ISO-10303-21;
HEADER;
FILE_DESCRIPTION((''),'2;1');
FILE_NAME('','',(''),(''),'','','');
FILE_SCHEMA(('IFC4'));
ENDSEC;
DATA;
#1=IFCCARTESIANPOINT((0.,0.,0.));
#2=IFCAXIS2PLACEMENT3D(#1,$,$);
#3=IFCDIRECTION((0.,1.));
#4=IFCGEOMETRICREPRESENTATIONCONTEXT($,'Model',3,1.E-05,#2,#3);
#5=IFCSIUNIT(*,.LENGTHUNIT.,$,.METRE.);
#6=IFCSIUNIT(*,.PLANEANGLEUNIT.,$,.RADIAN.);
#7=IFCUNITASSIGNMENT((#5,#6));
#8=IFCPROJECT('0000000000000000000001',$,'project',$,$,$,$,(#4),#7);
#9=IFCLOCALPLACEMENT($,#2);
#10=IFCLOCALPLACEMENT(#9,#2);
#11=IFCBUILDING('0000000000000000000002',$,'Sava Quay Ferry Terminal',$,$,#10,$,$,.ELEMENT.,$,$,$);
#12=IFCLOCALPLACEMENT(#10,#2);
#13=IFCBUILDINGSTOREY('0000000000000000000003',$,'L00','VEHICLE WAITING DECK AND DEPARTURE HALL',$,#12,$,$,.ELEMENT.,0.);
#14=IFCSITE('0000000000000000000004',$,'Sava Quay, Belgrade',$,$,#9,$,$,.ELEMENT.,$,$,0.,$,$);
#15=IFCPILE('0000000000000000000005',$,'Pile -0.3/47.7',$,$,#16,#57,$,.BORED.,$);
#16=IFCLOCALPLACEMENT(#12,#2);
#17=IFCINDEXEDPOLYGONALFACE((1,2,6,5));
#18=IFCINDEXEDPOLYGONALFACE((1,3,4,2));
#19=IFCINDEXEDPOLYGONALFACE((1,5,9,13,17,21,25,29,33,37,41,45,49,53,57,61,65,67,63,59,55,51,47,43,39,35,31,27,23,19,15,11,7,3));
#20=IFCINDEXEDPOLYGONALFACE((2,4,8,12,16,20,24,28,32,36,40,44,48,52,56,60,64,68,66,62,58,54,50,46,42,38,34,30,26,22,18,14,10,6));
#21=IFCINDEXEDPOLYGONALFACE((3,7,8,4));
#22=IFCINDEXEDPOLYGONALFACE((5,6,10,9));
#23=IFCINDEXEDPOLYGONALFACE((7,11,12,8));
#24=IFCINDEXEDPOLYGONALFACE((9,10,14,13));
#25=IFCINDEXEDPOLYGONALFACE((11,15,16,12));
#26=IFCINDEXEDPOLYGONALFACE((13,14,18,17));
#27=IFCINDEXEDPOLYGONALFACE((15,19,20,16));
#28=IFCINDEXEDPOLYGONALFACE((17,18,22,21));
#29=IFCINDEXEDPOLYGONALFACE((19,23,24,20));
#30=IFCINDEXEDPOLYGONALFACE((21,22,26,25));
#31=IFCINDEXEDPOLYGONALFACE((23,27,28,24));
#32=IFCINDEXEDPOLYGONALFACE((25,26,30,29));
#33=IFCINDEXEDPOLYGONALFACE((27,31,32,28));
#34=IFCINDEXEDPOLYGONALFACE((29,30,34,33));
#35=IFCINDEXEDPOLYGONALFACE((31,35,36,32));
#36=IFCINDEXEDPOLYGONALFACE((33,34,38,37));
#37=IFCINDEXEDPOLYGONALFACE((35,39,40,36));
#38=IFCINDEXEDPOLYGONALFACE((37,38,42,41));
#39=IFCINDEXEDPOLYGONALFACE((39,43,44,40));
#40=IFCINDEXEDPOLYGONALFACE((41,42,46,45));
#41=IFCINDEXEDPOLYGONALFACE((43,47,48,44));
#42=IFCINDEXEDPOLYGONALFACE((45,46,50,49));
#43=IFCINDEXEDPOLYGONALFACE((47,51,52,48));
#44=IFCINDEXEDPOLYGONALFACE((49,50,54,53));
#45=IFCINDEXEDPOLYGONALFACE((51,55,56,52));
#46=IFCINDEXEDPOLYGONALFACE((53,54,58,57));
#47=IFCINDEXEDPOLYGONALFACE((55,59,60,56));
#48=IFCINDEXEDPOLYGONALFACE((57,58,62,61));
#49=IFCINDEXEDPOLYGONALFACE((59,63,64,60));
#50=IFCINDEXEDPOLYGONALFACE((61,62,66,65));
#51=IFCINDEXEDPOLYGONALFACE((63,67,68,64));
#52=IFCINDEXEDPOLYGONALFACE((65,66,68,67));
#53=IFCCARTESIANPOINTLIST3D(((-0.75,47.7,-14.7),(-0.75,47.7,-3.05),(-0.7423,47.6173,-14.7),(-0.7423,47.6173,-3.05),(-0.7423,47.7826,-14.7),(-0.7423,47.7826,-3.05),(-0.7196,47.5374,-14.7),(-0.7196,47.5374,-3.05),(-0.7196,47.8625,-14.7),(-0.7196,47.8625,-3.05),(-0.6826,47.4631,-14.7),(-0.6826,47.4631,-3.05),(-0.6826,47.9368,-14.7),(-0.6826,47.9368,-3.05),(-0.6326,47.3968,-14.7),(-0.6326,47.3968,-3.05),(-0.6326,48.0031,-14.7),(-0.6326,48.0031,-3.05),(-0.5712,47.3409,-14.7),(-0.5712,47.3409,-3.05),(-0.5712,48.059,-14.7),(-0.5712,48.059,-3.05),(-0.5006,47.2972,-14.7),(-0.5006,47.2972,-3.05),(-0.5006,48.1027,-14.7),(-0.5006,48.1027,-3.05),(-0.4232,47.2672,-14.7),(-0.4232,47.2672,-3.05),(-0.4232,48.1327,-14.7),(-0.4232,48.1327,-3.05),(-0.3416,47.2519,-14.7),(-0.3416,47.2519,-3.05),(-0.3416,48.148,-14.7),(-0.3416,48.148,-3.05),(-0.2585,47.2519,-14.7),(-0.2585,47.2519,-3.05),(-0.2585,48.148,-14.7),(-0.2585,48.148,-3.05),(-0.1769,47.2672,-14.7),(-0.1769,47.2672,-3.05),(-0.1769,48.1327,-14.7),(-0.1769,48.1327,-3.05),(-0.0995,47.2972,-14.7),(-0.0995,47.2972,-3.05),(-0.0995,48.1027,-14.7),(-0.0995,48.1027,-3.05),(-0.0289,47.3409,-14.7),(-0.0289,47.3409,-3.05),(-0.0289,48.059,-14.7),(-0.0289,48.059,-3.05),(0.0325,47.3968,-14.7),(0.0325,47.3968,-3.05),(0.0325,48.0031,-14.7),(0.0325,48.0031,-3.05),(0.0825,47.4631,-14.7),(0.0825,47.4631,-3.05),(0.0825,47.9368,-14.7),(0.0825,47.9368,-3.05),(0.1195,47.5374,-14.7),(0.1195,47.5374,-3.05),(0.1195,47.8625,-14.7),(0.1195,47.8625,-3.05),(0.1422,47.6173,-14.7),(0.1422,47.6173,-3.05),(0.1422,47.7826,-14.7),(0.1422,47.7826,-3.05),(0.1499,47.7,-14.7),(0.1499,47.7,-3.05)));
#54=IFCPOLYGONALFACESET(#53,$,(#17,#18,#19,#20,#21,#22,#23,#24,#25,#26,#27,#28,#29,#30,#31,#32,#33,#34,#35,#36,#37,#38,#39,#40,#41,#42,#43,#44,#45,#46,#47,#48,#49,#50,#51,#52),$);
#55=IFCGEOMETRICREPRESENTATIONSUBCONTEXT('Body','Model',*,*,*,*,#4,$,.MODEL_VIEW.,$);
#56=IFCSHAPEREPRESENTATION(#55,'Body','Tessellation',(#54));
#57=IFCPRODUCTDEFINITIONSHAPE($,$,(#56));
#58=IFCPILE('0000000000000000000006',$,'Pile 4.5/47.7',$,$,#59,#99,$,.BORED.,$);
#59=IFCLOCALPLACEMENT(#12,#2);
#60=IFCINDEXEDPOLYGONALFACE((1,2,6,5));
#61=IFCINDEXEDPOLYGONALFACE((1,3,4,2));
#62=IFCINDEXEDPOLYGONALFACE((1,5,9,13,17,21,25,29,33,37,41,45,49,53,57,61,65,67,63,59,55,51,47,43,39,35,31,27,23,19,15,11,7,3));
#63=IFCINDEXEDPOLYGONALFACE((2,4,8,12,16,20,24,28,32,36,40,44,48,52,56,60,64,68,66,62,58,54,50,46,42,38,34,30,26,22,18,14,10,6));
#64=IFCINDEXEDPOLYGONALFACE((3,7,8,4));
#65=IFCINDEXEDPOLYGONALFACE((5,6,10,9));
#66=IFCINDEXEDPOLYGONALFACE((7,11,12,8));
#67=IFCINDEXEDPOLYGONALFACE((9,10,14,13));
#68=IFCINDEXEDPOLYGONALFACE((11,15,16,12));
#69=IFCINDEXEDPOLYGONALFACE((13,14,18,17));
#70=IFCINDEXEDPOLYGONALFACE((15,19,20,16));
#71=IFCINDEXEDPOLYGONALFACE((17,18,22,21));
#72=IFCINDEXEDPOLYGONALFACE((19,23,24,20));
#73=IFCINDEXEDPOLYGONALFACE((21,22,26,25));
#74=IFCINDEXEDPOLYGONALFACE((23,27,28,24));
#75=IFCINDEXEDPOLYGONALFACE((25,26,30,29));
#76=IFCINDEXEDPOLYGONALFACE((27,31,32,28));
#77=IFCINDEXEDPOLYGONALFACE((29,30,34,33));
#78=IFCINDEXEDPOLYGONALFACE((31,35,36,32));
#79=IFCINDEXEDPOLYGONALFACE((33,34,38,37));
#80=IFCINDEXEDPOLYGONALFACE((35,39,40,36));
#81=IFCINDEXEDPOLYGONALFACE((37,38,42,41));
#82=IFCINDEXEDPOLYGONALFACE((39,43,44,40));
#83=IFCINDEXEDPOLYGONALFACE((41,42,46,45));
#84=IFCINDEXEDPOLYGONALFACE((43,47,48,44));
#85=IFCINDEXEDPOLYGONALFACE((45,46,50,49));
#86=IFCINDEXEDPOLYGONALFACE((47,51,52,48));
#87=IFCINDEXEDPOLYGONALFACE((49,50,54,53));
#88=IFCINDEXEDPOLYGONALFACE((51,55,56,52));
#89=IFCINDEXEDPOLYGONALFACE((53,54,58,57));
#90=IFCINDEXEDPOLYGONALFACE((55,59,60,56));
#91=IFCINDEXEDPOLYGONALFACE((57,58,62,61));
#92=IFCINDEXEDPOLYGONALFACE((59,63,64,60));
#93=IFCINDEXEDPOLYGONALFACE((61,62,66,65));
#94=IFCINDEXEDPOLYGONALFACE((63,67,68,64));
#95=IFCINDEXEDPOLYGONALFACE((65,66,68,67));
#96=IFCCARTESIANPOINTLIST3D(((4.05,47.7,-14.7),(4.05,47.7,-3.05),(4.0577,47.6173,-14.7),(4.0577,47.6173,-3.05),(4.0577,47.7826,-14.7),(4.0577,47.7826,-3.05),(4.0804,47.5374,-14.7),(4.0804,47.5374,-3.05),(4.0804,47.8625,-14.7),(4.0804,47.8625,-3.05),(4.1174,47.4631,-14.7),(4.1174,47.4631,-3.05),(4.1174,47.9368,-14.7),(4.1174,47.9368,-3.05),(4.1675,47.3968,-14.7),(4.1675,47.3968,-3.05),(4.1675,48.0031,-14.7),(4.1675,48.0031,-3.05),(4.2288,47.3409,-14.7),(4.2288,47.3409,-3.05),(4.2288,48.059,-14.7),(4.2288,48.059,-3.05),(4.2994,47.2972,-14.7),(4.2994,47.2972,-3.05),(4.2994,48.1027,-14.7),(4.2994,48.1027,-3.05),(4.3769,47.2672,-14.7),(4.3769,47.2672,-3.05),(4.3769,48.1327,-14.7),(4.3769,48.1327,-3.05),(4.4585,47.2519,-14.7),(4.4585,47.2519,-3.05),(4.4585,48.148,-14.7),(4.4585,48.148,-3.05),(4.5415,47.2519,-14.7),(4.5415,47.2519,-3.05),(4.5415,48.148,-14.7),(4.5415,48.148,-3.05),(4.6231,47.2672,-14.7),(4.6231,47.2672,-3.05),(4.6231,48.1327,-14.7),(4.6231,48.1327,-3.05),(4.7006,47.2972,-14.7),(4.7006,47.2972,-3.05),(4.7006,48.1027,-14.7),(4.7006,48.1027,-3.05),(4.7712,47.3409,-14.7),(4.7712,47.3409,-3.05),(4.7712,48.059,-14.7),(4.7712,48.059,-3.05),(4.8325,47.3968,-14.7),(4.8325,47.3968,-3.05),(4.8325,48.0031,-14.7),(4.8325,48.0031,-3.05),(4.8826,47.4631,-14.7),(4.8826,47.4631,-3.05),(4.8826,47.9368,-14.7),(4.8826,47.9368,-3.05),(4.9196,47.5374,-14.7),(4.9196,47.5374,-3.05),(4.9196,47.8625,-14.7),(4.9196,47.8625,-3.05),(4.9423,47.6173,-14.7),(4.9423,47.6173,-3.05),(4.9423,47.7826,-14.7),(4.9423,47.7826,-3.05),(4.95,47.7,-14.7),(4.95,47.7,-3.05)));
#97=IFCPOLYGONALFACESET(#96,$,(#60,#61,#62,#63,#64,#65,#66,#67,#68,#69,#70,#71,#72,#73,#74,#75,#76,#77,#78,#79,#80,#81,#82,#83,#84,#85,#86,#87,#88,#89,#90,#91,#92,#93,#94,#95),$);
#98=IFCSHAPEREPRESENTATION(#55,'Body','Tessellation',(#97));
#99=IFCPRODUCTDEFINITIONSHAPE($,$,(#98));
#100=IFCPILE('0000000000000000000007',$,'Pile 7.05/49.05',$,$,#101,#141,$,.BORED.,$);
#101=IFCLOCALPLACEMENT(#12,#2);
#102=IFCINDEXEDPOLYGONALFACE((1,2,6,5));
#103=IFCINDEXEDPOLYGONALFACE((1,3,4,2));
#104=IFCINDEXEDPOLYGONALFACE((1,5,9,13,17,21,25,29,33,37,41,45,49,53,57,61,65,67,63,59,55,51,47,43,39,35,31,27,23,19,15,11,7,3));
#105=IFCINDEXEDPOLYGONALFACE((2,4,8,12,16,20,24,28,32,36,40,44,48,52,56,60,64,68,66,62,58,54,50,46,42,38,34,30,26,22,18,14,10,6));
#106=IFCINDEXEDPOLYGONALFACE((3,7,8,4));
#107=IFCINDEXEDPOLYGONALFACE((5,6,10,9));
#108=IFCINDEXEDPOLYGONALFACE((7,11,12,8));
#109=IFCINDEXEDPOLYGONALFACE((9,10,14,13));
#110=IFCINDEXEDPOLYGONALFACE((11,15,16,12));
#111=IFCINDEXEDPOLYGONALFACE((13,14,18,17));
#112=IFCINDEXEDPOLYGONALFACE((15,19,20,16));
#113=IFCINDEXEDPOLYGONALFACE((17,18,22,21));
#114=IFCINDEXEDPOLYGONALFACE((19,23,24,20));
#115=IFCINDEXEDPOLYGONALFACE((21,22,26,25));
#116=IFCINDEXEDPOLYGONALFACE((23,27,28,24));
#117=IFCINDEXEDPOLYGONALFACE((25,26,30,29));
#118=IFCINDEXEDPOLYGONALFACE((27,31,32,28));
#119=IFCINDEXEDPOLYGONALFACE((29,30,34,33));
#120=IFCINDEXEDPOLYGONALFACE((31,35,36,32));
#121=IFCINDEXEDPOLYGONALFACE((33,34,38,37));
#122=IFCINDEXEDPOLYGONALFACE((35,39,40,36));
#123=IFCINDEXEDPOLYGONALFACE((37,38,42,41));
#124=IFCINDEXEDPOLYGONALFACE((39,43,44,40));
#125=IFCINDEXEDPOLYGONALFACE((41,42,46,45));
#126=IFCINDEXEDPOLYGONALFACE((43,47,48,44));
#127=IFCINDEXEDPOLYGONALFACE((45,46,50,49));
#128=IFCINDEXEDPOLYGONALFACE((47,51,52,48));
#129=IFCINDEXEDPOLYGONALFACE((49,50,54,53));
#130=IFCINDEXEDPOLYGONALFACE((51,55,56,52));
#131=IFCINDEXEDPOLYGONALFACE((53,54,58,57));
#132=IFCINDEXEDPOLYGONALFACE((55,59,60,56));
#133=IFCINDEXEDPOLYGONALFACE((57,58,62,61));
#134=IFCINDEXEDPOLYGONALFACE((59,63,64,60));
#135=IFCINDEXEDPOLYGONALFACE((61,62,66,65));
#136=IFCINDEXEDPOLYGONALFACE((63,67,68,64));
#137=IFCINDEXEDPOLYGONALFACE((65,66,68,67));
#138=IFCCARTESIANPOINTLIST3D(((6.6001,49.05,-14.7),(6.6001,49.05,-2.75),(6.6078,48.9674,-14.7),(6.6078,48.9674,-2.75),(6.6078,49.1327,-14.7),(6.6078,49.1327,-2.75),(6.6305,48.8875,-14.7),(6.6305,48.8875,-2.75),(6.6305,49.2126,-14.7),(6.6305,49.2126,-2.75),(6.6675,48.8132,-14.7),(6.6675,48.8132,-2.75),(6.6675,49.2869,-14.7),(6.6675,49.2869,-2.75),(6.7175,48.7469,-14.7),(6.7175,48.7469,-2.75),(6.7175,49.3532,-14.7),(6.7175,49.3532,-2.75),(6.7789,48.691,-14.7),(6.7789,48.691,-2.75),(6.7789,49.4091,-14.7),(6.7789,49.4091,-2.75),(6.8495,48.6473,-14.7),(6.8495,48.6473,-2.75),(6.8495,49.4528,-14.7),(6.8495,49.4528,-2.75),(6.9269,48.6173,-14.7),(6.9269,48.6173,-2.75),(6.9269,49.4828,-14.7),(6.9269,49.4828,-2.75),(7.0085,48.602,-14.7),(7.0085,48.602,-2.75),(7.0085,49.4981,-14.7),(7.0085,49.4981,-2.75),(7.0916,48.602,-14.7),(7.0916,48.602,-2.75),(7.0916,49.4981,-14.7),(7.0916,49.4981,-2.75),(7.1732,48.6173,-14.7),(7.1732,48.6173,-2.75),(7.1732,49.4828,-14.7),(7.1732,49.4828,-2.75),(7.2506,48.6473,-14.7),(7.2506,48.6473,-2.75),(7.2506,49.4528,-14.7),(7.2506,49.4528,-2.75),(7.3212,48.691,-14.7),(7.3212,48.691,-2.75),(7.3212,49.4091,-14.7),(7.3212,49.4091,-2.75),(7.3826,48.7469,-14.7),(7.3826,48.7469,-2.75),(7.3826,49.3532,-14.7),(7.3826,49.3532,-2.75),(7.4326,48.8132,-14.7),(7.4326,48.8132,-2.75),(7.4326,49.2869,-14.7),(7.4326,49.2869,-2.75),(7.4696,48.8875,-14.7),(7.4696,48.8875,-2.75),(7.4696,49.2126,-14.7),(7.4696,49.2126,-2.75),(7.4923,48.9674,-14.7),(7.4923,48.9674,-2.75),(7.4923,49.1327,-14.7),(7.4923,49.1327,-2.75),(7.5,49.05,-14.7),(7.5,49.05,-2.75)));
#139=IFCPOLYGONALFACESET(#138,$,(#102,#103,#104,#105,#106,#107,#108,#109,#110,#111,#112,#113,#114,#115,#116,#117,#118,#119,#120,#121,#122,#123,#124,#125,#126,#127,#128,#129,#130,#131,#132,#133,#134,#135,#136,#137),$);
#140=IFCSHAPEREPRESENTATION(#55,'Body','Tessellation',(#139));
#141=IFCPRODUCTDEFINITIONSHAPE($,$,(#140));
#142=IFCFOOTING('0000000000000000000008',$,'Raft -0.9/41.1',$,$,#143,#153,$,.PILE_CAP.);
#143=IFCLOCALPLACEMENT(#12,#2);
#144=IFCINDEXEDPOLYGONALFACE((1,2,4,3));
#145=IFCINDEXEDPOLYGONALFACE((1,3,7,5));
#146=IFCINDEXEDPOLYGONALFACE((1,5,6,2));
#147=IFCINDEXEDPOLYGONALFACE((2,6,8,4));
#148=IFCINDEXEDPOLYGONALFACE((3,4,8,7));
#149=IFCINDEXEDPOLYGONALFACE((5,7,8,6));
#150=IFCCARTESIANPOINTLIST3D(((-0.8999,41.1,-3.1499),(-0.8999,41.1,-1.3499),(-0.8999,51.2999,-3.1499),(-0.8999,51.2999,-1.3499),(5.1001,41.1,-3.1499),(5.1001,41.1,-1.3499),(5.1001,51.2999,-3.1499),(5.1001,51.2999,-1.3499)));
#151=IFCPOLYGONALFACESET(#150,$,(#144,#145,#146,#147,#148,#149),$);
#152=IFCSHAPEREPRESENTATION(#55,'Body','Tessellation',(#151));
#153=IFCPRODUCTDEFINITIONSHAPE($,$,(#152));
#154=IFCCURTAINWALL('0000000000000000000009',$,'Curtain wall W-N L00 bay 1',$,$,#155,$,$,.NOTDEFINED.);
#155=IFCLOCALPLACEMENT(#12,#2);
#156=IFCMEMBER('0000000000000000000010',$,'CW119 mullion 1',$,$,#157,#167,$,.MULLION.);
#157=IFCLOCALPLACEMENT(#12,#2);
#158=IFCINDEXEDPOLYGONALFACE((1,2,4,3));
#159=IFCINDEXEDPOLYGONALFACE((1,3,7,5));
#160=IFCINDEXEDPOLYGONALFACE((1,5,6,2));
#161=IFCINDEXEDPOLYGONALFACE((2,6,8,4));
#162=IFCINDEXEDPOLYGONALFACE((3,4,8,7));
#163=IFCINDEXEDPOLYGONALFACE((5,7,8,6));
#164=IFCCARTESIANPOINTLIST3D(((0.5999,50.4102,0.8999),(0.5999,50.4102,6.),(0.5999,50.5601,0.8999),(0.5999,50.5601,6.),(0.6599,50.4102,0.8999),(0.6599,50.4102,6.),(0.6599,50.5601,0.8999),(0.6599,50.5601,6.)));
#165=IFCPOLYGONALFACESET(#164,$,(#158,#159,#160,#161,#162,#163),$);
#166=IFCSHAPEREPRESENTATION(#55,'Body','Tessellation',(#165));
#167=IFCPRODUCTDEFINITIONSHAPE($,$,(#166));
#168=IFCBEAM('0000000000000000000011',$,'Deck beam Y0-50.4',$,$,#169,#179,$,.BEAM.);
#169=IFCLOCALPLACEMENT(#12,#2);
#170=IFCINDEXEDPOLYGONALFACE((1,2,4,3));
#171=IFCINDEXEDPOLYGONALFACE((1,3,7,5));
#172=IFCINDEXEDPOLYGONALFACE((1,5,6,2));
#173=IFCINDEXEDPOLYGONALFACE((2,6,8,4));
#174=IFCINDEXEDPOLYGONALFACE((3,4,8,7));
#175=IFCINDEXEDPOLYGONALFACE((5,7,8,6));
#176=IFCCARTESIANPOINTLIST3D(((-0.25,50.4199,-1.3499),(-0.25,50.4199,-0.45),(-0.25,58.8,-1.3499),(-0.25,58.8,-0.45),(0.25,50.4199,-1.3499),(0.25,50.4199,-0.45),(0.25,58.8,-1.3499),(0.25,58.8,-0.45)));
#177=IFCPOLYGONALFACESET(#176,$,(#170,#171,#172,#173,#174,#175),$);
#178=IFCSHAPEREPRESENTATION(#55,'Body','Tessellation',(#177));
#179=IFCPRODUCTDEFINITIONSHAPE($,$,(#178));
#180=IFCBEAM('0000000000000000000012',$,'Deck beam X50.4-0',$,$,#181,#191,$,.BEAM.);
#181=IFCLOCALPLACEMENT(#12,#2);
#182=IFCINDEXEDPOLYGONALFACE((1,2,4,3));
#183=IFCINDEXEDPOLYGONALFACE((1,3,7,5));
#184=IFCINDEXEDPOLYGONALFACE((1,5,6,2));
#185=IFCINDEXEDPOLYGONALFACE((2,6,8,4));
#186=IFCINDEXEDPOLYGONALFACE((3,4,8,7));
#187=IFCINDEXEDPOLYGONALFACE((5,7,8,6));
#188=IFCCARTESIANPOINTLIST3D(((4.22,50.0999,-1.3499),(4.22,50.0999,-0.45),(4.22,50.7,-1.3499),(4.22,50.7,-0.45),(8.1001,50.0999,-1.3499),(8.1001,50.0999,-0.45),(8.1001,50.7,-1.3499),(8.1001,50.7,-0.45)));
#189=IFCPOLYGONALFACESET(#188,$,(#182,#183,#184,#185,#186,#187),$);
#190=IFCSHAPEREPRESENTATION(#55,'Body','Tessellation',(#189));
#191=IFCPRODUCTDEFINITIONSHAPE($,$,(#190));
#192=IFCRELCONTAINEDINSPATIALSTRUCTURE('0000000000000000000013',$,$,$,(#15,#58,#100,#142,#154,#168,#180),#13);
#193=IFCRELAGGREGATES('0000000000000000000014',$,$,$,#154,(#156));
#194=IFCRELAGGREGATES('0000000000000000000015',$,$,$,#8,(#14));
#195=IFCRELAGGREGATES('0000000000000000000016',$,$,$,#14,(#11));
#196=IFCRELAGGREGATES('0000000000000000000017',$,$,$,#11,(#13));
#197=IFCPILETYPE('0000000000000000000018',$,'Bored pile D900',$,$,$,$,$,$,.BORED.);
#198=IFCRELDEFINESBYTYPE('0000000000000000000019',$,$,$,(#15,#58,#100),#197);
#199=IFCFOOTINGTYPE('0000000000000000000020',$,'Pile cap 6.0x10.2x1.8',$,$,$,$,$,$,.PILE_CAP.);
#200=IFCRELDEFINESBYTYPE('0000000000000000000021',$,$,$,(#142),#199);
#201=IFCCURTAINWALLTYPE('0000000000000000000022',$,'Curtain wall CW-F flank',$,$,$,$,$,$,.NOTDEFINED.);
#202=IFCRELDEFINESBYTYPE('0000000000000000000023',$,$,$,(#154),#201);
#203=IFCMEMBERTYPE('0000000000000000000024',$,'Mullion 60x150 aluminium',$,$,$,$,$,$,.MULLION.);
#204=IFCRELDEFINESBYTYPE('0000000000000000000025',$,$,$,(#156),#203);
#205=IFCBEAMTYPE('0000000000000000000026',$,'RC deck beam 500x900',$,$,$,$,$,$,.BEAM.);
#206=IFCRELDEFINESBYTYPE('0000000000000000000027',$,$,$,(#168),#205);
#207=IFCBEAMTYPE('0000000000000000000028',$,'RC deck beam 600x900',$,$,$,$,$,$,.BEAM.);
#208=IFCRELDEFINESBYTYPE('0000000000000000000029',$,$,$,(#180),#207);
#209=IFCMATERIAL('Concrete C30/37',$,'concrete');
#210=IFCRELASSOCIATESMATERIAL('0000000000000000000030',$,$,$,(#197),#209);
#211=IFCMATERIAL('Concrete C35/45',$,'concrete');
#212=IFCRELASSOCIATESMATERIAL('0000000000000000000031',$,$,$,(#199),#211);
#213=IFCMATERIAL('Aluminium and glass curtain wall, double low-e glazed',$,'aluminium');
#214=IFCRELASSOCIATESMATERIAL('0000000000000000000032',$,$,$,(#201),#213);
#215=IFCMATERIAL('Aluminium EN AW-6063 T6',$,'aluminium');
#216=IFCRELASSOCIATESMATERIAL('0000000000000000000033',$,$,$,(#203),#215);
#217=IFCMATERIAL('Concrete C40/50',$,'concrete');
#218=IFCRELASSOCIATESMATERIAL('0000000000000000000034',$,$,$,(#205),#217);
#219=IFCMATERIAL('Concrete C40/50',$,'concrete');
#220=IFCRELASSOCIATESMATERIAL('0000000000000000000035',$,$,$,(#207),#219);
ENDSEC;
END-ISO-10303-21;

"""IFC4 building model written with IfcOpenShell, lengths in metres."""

from ifc_helpers import new_model, si_unit, direction, frame, origin, origin_2d, place, context, subcontext, project, spatial, rectangle, circle, extrude, material, material_profile, profile_set, type_object, element, aggregate, save


model = new_model("IFC4")

# Units and contexts
model_context = context("Model", 3, precision=1e-05, world=origin(), true_north=direction((0.0, 1.0)))
body_context = subcontext(model_context, "Body", "Model", "MODEL_VIEW")
ifc_project = project(units=[si_unit("LENGTHUNIT", "METRE"), si_unit("PLANEANGLEUNIT", "RADIAN")], contexts=[model_context])

# Site, building, storey
site_placement = place(None, origin())
site = spatial("IfcSite", under=ifc_project, at=site_placement, Name="Sava Quay, Belgrade", CompositionType="ELEMENT", RefElevation=0.0)
building_placement = place(site_placement, origin())
building = spatial("IfcBuilding", under=site, at=building_placement, Name="Sava Quay Ferry Terminal", CompositionType="ELEMENT")
storey_placement = place(building_placement, origin())
storey = spatial("IfcBuildingStorey", under=building, at=storey_placement, Name="L00", Description="VEHICLE WAITING DECK AND DEPARTURE HALL", CompositionType="ELEMENT", Elevation=0.0)

# Piles
ifc_material_1 = material(Name="Concrete C30/37", Category="concrete")
ifc_material_profile_1 = material_profile(ifc_material_1, circle(Radius=0.45, at=origin_2d()), Name="Bored pile D900")
ifc_profile_set_1 = profile_set([ifc_material_profile_1], Name="Concrete C30/37")
pile_type = type_object("IfcPileType", Name="Bored pile D900", PredefinedType="BORED", material=ifc_profile_set_1)
for number, where, z_axis, x_axis, name in (
    (1, (-0.3, 47.7, -3.05), (0.0, 0.0, -1.0), (1.0, 0.0, 0.0), "Pile -0.3/47.7"),
    (2, (4.5, 47.7, -3.05), (0.0, 0.0, -1.0), (1.0, 0.0, 0.0), "Pile 4.5/47.7"),
):
    element("IfcPile", number, at=place(storey_placement, frame(where, z_axis=z_axis, x_axis=x_axis)), inside=storey, type_object=pile_type, Name=name, PredefinedType="BORED", context=body_context, shape_type="SweptSolid", body=[
        extrude(circle(Radius=0.45, at=origin_2d()), origin(), (0.0, 0.0, 1.0), 11.6499),
    ])
pile_placement = place(storey_placement, frame((7.05, 49.05, -2.75), z_axis=(0.0, 0.0, -1.0), x_axis=(1.0, 0.0, 0.0)))
element("IfcPile", 3, at=pile_placement, inside=storey, type_object=pile_type, Name="Pile 7.05/49.05", PredefinedType="BORED", context=body_context, shape_type="SweptSolid", body=[
    extrude(circle(Radius=0.45, at=origin_2d()), origin(), (0.0, 0.0, 1.0), 11.95),
])

# Footing
ifc_material_2 = material(Name="Concrete C35/45", Category="concrete")
footing_type = type_object("IfcFootingType", Name="Pile cap 6.0x10.2x1.8", PredefinedType="PILE_CAP", material=ifc_material_2)
footing_placement = place(storey_placement, frame((2.1001, 46.2, -3.1499), z_axis=(0.0, 0.0, 1.0), x_axis=(1.0, 0.0, 0.0)))
element("IfcFooting", 4, at=footing_placement, inside=storey, type_object=footing_type, Name="Raft -0.9/41.1", PredefinedType="PILE_CAP", context=body_context, shape_type="SweptSolid", body=[
    extrude(rectangle(XDim=6.0, YDim=10.2, at=origin_2d()), origin(), (0.0, 0.0, 1.0), 1.8),
])

# Curtain wall, member
ifc_material_3 = material(Name="Aluminium and glass curtain wall, double low-e glazed", Category="aluminium")
curtain_wall_type = type_object("IfcCurtainWallType", Name="Curtain wall CW-F flank", PredefinedType="NOTDEFINED", material=ifc_material_3)
curtain_wall_placement = place(storey_placement, origin())
curtain_wall = element("IfcCurtainWall", 5, at=curtain_wall_placement, inside=storey, type_object=curtain_wall_type, Name="Curtain wall W-N L00 bay 1", PredefinedType="NOTDEFINED")
ifc_material_4 = material(Name="Aluminium EN AW-6063 T6", Category="aluminium")
ifc_material_profile_2 = material_profile(ifc_material_4, rectangle(XDim=0.1499, YDim=0.0601, at=origin_2d()), Name="Mullion 60x150 aluminium")
ifc_profile_set_2 = profile_set([ifc_material_profile_2], Name="Aluminium EN AW-6063 T6")
member_type = type_object("IfcMemberType", Name="Mullion 60x150 aluminium", PredefinedType="MULLION", material=ifc_profile_set_2)
member_placement = place(storey_placement, frame((0.6299, 50.4851, 0.8999), z_axis=(0.0, 0.0, 1.0), x_axis=(0.0, 1.0, 0.0)))
member = element("IfcMember", 6, at=member_placement, type_object=member_type, Name="CW119 mullion 1", PredefinedType="MULLION", context=body_context, shape_type="SweptSolid", body=[
    extrude(rectangle(XDim=0.1499, YDim=0.0601, at=origin_2d()), origin(), (0.0, 0.0, 1.0), 5.1001),
])
aggregate(curtain_wall, [member])

# Beams
ifc_material_5 = material(Name="Concrete C40/50", Category="concrete")
ifc_material_profile_3 = material_profile(ifc_material_5, rectangle(XDim=0.5, YDim=0.8999, at=origin_2d()), Name="RC 500x900")
ifc_profile_set_3 = profile_set([ifc_material_profile_3], Name="Concrete C40/50")
beam_type_1 = type_object("IfcBeamType", Name="RC deck beam 500x900", PredefinedType="BEAM", material=ifc_profile_set_3)
beam_1_placement = place(storey_placement, frame((0.0, 50.4199, -0.8999), z_axis=(0.0, 1.0, 0.0), x_axis=(-1.0, 0.0, 0.0)))
element("IfcBeam", 7, at=beam_1_placement, inside=storey, type_object=beam_type_1, Name="Deck beam Y0-50.4", PredefinedType="BEAM", context=body_context, shape_type="SweptSolid", body=[
    extrude(rectangle(XDim=0.5, YDim=0.8999, at=origin_2d()), origin(), (0.0, 0.0, 1.0), 8.3801),
])
ifc_material_6 = material(Name="Concrete C40/50", Category="concrete")
ifc_material_profile_4 = material_profile(ifc_material_6, rectangle(XDim=0.6001, YDim=0.8999, at=origin_2d()), Name="RC 600x900")
ifc_profile_set_4 = profile_set([ifc_material_profile_4], Name="Concrete C40/50")
beam_type_2 = type_object("IfcBeamType", Name="RC deck beam 600x900", PredefinedType="BEAM", material=ifc_profile_set_4)
beam_2_placement = place(storey_placement, frame((4.22, 50.3999, -0.8999), z_axis=(1.0, 0.0, 0.0), x_axis=(0.0, 1.0, 0.0)))
element("IfcBeam", 8, at=beam_2_placement, inside=storey, type_object=beam_type_2, Name="Deck beam X50.4-0", PredefinedType="BEAM", context=body_context, shape_type="SweptSolid", body=[
    extrude(rectangle(XDim=0.6001, YDim=0.8999, at=origin_2d()), origin(), (0.0, 0.0, 1.0), 3.8801),
])

save(model, "model.ifc")
